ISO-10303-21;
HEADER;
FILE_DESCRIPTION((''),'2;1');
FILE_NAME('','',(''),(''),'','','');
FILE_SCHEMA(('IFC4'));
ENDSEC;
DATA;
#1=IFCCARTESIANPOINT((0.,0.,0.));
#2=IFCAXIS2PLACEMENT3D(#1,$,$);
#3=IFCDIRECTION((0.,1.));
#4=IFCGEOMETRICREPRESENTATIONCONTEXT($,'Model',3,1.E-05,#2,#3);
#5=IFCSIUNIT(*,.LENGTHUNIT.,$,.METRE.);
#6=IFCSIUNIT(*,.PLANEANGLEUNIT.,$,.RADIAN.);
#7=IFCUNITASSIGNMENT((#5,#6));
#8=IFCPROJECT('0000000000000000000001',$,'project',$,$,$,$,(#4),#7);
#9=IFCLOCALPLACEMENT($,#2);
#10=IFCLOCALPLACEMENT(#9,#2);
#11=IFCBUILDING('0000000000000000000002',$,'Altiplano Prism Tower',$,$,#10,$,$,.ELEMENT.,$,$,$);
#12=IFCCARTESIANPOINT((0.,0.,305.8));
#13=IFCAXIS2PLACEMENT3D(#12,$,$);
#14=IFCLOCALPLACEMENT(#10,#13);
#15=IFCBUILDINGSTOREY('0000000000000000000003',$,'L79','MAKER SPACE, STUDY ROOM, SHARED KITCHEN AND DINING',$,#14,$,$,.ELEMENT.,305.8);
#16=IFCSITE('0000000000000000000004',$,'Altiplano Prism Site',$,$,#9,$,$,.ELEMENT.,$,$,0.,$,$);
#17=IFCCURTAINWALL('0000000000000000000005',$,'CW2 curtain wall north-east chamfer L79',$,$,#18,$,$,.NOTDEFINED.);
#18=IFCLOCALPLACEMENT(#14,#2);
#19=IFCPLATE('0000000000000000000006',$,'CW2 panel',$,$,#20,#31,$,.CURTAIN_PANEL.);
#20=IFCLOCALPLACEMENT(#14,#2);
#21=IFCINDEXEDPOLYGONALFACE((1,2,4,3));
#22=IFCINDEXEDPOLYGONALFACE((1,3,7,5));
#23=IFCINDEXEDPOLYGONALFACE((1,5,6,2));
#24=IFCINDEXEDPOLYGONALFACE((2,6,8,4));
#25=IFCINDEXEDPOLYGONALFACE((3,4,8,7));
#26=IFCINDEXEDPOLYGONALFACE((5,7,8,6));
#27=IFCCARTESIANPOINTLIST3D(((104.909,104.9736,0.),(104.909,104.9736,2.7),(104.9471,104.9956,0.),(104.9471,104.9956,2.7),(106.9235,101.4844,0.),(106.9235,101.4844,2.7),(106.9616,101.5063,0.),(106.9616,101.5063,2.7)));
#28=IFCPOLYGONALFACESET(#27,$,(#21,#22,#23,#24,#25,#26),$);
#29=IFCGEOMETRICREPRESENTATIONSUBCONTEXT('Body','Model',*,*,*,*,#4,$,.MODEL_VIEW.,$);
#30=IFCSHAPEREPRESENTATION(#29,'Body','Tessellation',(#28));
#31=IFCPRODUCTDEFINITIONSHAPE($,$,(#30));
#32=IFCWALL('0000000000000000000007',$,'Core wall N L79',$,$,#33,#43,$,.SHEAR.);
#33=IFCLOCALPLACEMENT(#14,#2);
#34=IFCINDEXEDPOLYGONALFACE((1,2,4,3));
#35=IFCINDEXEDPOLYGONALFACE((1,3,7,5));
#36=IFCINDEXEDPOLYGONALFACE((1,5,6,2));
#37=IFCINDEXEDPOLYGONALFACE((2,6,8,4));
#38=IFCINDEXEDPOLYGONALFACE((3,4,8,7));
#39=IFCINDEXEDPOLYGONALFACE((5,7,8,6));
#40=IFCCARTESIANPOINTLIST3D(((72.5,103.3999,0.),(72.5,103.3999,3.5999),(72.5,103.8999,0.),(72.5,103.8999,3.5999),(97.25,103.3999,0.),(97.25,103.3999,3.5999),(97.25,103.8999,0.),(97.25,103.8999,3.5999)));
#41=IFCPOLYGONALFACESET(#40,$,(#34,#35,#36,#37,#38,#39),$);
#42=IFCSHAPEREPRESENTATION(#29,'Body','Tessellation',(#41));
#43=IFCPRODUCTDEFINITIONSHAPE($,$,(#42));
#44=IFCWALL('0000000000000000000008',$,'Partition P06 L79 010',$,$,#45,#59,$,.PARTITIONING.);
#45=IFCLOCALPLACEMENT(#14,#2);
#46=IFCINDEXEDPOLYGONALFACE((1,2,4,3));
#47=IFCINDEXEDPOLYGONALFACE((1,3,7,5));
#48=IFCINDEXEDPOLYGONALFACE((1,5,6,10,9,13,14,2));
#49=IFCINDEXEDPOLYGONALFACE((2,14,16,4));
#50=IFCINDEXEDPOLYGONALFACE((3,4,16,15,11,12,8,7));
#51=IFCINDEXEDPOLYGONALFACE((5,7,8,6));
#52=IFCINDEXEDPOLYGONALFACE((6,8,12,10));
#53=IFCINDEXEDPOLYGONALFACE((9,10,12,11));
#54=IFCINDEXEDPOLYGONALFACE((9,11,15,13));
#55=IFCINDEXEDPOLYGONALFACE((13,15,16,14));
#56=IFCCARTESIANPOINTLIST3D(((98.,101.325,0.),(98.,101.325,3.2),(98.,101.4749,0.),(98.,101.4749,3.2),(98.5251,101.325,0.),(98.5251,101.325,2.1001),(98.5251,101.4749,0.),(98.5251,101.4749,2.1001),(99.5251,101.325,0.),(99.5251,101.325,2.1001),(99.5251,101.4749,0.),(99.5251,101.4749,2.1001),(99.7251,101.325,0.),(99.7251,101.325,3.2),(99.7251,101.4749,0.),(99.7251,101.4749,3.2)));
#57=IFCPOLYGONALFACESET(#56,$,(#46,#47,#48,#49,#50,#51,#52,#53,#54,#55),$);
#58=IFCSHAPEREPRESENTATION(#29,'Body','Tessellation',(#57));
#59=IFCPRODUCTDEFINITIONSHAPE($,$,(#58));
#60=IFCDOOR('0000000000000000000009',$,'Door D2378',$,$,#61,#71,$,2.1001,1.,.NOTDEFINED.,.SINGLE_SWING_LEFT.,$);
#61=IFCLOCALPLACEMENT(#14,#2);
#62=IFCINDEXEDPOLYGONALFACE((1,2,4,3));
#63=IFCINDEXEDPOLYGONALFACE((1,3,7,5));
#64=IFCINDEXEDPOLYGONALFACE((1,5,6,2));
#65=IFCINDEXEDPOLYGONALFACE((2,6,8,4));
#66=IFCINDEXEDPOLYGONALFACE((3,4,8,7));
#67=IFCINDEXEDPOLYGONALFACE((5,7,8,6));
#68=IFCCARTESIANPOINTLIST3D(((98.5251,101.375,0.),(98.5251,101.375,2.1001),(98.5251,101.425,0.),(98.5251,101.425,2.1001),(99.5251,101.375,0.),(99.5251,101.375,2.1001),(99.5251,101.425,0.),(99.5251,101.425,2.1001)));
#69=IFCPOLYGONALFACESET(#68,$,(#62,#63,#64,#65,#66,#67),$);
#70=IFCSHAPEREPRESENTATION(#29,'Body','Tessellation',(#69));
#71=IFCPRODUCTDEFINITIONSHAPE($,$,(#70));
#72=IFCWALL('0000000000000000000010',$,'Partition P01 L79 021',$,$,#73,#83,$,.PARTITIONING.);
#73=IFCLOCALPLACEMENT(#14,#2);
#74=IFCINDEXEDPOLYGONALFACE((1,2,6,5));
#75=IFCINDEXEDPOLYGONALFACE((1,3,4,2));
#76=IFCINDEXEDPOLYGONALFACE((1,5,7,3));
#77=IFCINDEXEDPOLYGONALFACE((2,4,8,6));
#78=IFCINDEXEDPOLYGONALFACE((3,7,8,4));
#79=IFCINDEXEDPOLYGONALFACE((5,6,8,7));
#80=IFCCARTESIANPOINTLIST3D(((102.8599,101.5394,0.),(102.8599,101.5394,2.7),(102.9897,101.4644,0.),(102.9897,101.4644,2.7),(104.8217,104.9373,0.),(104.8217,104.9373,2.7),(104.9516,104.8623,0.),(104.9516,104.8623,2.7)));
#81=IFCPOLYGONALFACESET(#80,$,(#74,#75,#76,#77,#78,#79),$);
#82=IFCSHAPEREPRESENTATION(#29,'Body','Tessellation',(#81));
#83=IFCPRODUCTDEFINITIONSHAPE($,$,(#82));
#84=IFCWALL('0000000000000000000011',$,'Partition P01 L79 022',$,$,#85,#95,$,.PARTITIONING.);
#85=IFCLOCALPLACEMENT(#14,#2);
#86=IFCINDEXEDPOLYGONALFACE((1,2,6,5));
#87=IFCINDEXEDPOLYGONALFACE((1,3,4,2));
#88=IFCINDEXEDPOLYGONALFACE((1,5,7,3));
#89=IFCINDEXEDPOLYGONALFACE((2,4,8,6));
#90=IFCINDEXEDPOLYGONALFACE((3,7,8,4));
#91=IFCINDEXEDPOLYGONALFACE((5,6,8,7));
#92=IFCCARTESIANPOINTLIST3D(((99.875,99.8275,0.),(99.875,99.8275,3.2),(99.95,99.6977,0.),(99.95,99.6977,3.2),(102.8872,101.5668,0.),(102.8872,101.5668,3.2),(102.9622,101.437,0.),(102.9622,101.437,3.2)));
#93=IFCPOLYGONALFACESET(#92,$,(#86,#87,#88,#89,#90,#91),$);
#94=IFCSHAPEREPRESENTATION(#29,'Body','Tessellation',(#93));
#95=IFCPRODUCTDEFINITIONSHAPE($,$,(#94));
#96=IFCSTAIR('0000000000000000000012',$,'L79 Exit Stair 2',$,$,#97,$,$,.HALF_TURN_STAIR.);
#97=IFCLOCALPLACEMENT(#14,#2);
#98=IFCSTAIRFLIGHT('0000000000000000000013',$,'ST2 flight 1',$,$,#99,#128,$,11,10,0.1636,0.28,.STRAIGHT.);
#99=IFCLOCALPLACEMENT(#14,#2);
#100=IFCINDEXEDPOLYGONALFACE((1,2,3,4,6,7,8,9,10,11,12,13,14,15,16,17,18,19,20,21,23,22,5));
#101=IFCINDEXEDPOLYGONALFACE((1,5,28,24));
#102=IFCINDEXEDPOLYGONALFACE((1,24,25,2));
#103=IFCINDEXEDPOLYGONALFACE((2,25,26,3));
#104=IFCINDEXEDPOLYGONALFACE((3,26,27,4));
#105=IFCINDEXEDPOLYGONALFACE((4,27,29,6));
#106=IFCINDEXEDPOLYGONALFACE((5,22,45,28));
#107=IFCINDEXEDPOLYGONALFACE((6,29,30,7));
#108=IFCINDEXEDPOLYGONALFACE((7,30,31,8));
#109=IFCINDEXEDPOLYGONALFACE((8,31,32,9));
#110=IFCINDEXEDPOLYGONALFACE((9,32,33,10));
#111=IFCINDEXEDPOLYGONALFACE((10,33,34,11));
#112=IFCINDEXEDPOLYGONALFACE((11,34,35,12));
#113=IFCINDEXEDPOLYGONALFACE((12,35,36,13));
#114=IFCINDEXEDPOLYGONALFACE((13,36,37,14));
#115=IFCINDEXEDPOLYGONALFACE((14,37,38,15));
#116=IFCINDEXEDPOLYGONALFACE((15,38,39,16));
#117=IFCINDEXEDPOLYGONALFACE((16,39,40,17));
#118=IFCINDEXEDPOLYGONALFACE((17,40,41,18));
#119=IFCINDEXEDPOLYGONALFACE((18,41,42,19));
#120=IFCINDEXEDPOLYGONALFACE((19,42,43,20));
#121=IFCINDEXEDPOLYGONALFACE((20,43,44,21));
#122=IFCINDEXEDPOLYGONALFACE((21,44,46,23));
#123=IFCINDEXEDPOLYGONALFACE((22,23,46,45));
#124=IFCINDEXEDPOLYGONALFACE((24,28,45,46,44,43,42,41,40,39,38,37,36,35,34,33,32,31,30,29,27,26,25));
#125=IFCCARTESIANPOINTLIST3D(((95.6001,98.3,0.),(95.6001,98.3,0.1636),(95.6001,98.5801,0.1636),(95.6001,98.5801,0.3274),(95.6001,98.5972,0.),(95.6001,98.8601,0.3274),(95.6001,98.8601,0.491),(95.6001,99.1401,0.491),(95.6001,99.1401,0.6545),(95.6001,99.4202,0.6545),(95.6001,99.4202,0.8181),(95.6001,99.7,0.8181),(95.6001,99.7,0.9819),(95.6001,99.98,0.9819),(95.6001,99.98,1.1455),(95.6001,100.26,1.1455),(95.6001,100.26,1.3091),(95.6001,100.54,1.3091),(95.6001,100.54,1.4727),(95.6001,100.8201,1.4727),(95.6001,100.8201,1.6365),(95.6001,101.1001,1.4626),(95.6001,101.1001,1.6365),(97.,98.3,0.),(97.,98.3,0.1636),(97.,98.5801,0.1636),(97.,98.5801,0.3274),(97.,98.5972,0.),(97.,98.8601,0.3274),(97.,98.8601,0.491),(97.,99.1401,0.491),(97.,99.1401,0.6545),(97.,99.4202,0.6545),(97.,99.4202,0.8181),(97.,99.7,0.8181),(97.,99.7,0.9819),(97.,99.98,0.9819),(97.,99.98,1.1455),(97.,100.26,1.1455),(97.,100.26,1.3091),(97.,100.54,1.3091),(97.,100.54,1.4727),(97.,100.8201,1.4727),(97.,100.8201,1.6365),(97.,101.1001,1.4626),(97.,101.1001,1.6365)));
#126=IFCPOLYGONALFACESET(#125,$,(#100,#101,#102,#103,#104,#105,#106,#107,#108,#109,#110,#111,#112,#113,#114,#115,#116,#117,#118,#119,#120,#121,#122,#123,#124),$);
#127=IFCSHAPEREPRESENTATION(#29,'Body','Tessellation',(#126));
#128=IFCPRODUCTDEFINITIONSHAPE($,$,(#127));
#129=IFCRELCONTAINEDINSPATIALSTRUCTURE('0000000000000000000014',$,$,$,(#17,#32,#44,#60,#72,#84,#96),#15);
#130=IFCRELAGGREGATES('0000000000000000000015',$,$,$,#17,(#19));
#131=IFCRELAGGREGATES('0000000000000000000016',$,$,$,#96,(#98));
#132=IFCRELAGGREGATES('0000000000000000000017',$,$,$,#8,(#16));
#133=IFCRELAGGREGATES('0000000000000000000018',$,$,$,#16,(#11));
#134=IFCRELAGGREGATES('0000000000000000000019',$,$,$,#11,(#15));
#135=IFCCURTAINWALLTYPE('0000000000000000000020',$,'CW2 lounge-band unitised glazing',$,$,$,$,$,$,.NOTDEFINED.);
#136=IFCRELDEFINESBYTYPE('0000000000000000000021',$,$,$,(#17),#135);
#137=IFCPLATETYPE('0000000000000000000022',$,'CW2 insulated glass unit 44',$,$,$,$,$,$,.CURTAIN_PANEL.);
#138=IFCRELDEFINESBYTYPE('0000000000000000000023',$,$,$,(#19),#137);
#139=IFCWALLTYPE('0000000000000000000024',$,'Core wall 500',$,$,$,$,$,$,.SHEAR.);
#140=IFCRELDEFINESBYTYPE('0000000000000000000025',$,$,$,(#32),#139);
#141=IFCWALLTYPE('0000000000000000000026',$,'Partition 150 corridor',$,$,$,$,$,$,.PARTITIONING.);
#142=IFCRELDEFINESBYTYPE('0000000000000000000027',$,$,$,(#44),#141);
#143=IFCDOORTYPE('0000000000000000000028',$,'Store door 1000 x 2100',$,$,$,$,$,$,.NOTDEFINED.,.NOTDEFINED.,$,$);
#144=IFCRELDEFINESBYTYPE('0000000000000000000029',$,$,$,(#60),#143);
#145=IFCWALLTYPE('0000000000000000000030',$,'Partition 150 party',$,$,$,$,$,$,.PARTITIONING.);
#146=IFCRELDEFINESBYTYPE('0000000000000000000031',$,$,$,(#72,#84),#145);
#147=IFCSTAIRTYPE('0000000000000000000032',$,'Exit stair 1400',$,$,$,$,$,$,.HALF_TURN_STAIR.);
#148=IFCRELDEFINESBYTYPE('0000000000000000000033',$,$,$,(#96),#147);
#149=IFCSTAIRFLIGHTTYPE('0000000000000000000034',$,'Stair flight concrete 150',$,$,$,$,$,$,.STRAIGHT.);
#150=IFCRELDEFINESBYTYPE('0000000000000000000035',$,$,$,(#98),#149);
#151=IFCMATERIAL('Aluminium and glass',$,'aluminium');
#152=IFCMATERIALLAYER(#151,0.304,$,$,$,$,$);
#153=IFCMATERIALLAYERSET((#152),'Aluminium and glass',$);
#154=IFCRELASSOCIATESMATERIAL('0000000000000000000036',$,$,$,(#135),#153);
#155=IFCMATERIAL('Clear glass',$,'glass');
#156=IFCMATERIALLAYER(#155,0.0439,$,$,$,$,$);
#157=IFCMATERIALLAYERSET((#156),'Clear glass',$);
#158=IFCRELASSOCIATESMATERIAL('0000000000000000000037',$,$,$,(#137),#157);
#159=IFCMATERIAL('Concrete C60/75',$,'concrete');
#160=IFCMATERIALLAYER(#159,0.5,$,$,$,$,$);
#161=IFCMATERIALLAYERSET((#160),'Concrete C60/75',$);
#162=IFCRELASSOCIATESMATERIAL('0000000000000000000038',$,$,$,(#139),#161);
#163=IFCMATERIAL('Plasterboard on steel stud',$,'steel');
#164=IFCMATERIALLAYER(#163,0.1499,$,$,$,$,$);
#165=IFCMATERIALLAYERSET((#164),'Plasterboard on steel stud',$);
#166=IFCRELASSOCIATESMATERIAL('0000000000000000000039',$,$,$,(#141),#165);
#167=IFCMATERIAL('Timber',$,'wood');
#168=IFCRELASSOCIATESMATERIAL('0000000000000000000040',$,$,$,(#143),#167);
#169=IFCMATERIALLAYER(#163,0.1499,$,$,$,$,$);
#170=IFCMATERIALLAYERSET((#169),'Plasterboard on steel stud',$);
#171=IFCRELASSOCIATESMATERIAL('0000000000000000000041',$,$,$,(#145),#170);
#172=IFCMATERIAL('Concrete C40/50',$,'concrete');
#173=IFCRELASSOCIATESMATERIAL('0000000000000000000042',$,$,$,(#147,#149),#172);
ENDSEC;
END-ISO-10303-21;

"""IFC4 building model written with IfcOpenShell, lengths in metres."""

from ifc_helpers import new_model, si_unit, direction, frame, frame_2d, origin, origin_2d, place, context, subcontext, project, spatial, polyline, rectangle, outline, extrude, material, layer, layer_set, type_object, element, fill, aggregate, save


model = new_model("IFC4")

# Units and contexts
model_context = context("Model", 3, precision=1e-05, world=origin(), true_north=direction((0.0, 1.0)))
body_context = subcontext(model_context, "Body", "Model", "MODEL_VIEW")
ifc_project = project(units=[si_unit("LENGTHUNIT", "METRE"), si_unit("PLANEANGLEUNIT", "RADIAN")], contexts=[model_context])

# Site, building, storey
site_placement = place(None, origin())
site = spatial("IfcSite", under=ifc_project, at=site_placement, Name="Altiplano Prism Site", CompositionType="ELEMENT", RefElevation=0.0)
building_placement = place(site_placement, origin())
building = spatial("IfcBuilding", under=site, at=building_placement, Name="Altiplano Prism Tower", CompositionType="ELEMENT")
storey_placement = place(building_placement, frame((0.0, 0.0, 305.8)))
storey = spatial("IfcBuildingStorey", under=building, at=storey_placement, Name="L79", Description="MAKER SPACE, STUDY ROOM, SHARED KITCHEN AND DINING", CompositionType="ELEMENT", Elevation=305.8)

# Shared definitions
ifc_material_1 = material(Name="Concrete C60/75", Category="concrete")

# Shared definitions
ifc_material_2 = material(Name="Aluminium and glass", Category="aluminium")
ifc_layer_1 = layer(ifc_material_2, 0.304)
ifc_layer_set_1 = layer_set([ifc_layer_1], Name="Aluminium and glass")
curtain_wall_type = type_object("IfcCurtainWallType", Name="CW2 lounge-band unitised glazing", PredefinedType="NOTDEFINED", material=ifc_layer_set_1)

# Curtain wall
curtain_wall_1_placement = place(storey_placement, origin())
curtain_wall_1 = element("IfcCurtainWall", 1, at=curtain_wall_1_placement, inside=storey, type_object=curtain_wall_type, Name="CW2 curtain wall north-east chamfer L79", PredefinedType="NOTDEFINED")

# Plate
ifc_material_3 = material(Name="Clear glass", Category="glass")
ifc_layer_2 = layer(ifc_material_3, 0.0439)
ifc_layer_set_2 = layer_set([ifc_layer_2], Name="Clear glass")
plate_type = type_object("IfcPlateType", Name="CW2 insulated glass unit 44", PredefinedType="CURTAIN_PANEL", material=ifc_layer_set_2)
plate_1_placement = place(storey_placement, frame((105.9353, 103.24, 0.0), z_axis=(0.0, 0.0, 1.0), x_axis=(-0.5, 0.866025, 0.0)))
plate_1 = element("IfcPlate", 2, at=plate_1_placement, type_object=plate_type, Name="CW2 panel", PredefinedType="CURTAIN_PANEL", context=body_context, shape_type="SweptSolid", body=[
    extrude(rectangle(XDim=4.0291, YDim=0.0439, at=origin_2d()), origin(), (0.0, 0.0, 1.0), 2.7),
])
aggregate(curtain_wall_1, [plate_1])

# Wall
ifc_layer_3 = layer(ifc_material_1, 0.5)
ifc_layer_set_3 = layer_set([ifc_layer_3], Name="Concrete C60/75")
wall_type_1 = type_object("IfcWallType", Name="Core wall 500", PredefinedType="SHEAR", material=ifc_layer_set_3)
wall_1_placement = place(storey_placement, frame((97.25, 103.6499, 0.0), z_axis=(0.0, 0.0, 1.0), x_axis=(-1.0, 0.0, 0.0)))
element("IfcWall", 3, at=wall_1_placement, inside=storey, type_object=wall_type_1, Name="Core wall N L79", PredefinedType="SHEAR", context=body_context, shape_type="SweptSolid", body=[
    extrude(rectangle(XDim=24.75, YDim=0.5, at=frame_2d((12.375, 0.0))), origin(), (0.0, 0.0, 1.0), 3.5999),
])

# Wall, opening, door
ifc_material_4 = material(Name="Plasterboard on steel stud", Category="steel")
ifc_layer_4 = layer(ifc_material_4, 0.1499)
ifc_layer_set_4 = layer_set([ifc_layer_4], Name="Plasterboard on steel stud")
wall_type_2 = type_object("IfcWallType", Name="Partition 150 corridor", PredefinedType="PARTITIONING", material=ifc_layer_set_4)
wall_2_placement = place(storey_placement, frame((99.7251, 101.3999, 0.0), z_axis=(0.0, 0.0, 1.0), x_axis=(-1.0, 0.0, 0.0)))
wall_2 = element("IfcWall", 4, at=wall_2_placement, inside=storey, type_object=wall_type_2, Name="Partition P06 L79 010", PredefinedType="PARTITIONING", context=body_context, shape_type="SweptSolid", body=[
    extrude(rectangle(XDim=1.7251, YDim=0.1499, at=frame_2d((0.8625, 0.0))), origin(), (0.0, 0.0, 1.0), 3.2),
])
opening_placement = place(wall_2_placement, frame((0.2, 0.0, 0.0)))
opening = element("IfcOpeningElement", 5, at=opening_placement, cuts=wall_2, PredefinedType="OPENING", context=body_context, shape_type="SweptSolid", body=[
    extrude(rectangle(XDim=1.0, YDim=2.1001, at=frame_2d((0.5, 1.05))), frame((0.0, 0.0854, 0.0), z_axis=(0.0, -1.0, 0.0), x_axis=(1.0, 0.0, 0.0)), (0.0, 0.0, 1.0), 0.1709),
])
ifc_material_5 = material(Name="Timber", Category="wood")
door_type = type_object("IfcDoorType", Name="Store door 1000 x 2100", OperationType="NOTDEFINED", PredefinedType="NOTDEFINED", material=ifc_material_5)
door_placement = place(opening_placement, origin())
door = element("IfcDoor", 6, at=door_placement, inside=storey, type_object=door_type, Name="Door D2378", OperationType="SINGLE_SWING_LEFT", OverallHeight=2.1001, OverallWidth=1.0, PredefinedType="NOTDEFINED", context=body_context, shape_type="SweptSolid", body=[
    extrude(rectangle(XDim=1.0, YDim=2.1001, at=frame_2d((0.5, 1.05))), frame((0.0, 0.0249, 0.0), z_axis=(0.0, -1.0, 0.0), x_axis=(1.0, 0.0, 0.0)), (0.0, 0.0, 1.0), 0.05),
])
fill(opening, door)

# Walls
ifc_layer_5 = layer(ifc_material_4, 0.1499)
ifc_layer_set_5 = layer_set([ifc_layer_5], Name="Plasterboard on steel stud")
wall_type_3 = type_object("IfcWallType", Name="Partition 150 party", PredefinedType="PARTITIONING", material=ifc_layer_set_5)
wall_3_placement = place(storey_placement, frame((104.8867, 104.8999, 0.0), z_axis=(0.0, 0.0, 1.0), x_axis=(-0.50002, -0.866014, 0.0)))
element("IfcWall", 7, at=wall_3_placement, inside=storey, type_object=wall_type_3, Name="Partition P01 L79 021", PredefinedType="PARTITIONING", context=body_context, shape_type="SweptSolid", body=[
    extrude(rectangle(XDim=3.9236, YDim=0.1499, at=frame_2d((1.9619, 0.0))), origin(), (0.0, 0.0, 1.0), 2.7),
])
wall_4_placement = place(storey_placement, frame((102.9248, 101.502, 0.0), z_axis=(0.0, 0.0, 1.0), x_axis=(-0.866006, -0.500034, 0.0)))
element("IfcWall", 8, at=wall_4_placement, inside=storey, type_object=wall_type_3, Name="Partition P01 L79 022", PredefinedType="PARTITIONING", context=body_context, shape_type="SweptSolid", body=[
    extrude(rectangle(XDim=3.4783, YDim=0.1499, at=frame_2d((1.7393, 0.0))), origin(), (0.0, 0.0, 1.0), 3.2),
])

# Stair, stair flight
ifc_material_6 = material(Name="Concrete C40/50", Category="concrete")
stair_type = type_object("IfcStairType", Name="Exit stair 1400", PredefinedType="HALF_TURN_STAIR", material=ifc_material_6)
stair_placement = place(storey_placement, origin())
stair = element("IfcStair", 9, at=stair_placement, inside=storey, type_object=stair_type, Name="L79 Exit Stair 2", PredefinedType="HALF_TURN_STAIR")
stair_flight_type = type_object("IfcStairFlightType", Name="Stair flight concrete 150", PredefinedType="STRAIGHT", material=ifc_material_6)
stair_flight_placement = place(storey_placement, frame((96.3, 98.3, 0.0), z_axis=(0.0, 0.0, 1.0), x_axis=(0.0, 1.0, 0.0)))
stair_flight = element("IfcStairFlight", 10, at=stair_flight_placement, type_object=stair_flight_type, Name="ST2 flight 1", NumberOfRisers=11, NumberOfTreads=10, PredefinedType="STRAIGHT", RiserHeight=0.1636, TreadLength=0.28, context=body_context, shape_type="SweptSolid", body=[
    extrude(outline(polyline([(0.0, 0.0), (0.0, 0.1636), (0.28, 0.1636), (0.28, 0.3274), (0.5601, 0.3274), (0.5601, 0.491), (0.8401, 0.491), (0.8401, 0.6545), (1.1201, 0.6545), (1.1201, 0.8181), (1.3999, 0.8181), (1.3999, 0.9819), (1.6799, 0.9819), (1.6799, 1.1455), (1.96, 1.1455), (1.96, 1.3091), (2.24, 1.3091), (2.24, 1.4727), (2.52, 1.4727), (2.52, 1.6365), (2.8, 1.6365), (2.8, 1.8), (2.8, 1.4626), (0.2971, 0.0), (0.0, 0.0)])), frame((0.0, 0.7, 0.0), z_axis=(0.0, -1.0, 0.0), x_axis=(1.0, 0.0, 0.0)), (0.0, 0.0, 1.0), 1.3999),
])
aggregate(stair, [stair_flight])

save(model, "model.ifc")
